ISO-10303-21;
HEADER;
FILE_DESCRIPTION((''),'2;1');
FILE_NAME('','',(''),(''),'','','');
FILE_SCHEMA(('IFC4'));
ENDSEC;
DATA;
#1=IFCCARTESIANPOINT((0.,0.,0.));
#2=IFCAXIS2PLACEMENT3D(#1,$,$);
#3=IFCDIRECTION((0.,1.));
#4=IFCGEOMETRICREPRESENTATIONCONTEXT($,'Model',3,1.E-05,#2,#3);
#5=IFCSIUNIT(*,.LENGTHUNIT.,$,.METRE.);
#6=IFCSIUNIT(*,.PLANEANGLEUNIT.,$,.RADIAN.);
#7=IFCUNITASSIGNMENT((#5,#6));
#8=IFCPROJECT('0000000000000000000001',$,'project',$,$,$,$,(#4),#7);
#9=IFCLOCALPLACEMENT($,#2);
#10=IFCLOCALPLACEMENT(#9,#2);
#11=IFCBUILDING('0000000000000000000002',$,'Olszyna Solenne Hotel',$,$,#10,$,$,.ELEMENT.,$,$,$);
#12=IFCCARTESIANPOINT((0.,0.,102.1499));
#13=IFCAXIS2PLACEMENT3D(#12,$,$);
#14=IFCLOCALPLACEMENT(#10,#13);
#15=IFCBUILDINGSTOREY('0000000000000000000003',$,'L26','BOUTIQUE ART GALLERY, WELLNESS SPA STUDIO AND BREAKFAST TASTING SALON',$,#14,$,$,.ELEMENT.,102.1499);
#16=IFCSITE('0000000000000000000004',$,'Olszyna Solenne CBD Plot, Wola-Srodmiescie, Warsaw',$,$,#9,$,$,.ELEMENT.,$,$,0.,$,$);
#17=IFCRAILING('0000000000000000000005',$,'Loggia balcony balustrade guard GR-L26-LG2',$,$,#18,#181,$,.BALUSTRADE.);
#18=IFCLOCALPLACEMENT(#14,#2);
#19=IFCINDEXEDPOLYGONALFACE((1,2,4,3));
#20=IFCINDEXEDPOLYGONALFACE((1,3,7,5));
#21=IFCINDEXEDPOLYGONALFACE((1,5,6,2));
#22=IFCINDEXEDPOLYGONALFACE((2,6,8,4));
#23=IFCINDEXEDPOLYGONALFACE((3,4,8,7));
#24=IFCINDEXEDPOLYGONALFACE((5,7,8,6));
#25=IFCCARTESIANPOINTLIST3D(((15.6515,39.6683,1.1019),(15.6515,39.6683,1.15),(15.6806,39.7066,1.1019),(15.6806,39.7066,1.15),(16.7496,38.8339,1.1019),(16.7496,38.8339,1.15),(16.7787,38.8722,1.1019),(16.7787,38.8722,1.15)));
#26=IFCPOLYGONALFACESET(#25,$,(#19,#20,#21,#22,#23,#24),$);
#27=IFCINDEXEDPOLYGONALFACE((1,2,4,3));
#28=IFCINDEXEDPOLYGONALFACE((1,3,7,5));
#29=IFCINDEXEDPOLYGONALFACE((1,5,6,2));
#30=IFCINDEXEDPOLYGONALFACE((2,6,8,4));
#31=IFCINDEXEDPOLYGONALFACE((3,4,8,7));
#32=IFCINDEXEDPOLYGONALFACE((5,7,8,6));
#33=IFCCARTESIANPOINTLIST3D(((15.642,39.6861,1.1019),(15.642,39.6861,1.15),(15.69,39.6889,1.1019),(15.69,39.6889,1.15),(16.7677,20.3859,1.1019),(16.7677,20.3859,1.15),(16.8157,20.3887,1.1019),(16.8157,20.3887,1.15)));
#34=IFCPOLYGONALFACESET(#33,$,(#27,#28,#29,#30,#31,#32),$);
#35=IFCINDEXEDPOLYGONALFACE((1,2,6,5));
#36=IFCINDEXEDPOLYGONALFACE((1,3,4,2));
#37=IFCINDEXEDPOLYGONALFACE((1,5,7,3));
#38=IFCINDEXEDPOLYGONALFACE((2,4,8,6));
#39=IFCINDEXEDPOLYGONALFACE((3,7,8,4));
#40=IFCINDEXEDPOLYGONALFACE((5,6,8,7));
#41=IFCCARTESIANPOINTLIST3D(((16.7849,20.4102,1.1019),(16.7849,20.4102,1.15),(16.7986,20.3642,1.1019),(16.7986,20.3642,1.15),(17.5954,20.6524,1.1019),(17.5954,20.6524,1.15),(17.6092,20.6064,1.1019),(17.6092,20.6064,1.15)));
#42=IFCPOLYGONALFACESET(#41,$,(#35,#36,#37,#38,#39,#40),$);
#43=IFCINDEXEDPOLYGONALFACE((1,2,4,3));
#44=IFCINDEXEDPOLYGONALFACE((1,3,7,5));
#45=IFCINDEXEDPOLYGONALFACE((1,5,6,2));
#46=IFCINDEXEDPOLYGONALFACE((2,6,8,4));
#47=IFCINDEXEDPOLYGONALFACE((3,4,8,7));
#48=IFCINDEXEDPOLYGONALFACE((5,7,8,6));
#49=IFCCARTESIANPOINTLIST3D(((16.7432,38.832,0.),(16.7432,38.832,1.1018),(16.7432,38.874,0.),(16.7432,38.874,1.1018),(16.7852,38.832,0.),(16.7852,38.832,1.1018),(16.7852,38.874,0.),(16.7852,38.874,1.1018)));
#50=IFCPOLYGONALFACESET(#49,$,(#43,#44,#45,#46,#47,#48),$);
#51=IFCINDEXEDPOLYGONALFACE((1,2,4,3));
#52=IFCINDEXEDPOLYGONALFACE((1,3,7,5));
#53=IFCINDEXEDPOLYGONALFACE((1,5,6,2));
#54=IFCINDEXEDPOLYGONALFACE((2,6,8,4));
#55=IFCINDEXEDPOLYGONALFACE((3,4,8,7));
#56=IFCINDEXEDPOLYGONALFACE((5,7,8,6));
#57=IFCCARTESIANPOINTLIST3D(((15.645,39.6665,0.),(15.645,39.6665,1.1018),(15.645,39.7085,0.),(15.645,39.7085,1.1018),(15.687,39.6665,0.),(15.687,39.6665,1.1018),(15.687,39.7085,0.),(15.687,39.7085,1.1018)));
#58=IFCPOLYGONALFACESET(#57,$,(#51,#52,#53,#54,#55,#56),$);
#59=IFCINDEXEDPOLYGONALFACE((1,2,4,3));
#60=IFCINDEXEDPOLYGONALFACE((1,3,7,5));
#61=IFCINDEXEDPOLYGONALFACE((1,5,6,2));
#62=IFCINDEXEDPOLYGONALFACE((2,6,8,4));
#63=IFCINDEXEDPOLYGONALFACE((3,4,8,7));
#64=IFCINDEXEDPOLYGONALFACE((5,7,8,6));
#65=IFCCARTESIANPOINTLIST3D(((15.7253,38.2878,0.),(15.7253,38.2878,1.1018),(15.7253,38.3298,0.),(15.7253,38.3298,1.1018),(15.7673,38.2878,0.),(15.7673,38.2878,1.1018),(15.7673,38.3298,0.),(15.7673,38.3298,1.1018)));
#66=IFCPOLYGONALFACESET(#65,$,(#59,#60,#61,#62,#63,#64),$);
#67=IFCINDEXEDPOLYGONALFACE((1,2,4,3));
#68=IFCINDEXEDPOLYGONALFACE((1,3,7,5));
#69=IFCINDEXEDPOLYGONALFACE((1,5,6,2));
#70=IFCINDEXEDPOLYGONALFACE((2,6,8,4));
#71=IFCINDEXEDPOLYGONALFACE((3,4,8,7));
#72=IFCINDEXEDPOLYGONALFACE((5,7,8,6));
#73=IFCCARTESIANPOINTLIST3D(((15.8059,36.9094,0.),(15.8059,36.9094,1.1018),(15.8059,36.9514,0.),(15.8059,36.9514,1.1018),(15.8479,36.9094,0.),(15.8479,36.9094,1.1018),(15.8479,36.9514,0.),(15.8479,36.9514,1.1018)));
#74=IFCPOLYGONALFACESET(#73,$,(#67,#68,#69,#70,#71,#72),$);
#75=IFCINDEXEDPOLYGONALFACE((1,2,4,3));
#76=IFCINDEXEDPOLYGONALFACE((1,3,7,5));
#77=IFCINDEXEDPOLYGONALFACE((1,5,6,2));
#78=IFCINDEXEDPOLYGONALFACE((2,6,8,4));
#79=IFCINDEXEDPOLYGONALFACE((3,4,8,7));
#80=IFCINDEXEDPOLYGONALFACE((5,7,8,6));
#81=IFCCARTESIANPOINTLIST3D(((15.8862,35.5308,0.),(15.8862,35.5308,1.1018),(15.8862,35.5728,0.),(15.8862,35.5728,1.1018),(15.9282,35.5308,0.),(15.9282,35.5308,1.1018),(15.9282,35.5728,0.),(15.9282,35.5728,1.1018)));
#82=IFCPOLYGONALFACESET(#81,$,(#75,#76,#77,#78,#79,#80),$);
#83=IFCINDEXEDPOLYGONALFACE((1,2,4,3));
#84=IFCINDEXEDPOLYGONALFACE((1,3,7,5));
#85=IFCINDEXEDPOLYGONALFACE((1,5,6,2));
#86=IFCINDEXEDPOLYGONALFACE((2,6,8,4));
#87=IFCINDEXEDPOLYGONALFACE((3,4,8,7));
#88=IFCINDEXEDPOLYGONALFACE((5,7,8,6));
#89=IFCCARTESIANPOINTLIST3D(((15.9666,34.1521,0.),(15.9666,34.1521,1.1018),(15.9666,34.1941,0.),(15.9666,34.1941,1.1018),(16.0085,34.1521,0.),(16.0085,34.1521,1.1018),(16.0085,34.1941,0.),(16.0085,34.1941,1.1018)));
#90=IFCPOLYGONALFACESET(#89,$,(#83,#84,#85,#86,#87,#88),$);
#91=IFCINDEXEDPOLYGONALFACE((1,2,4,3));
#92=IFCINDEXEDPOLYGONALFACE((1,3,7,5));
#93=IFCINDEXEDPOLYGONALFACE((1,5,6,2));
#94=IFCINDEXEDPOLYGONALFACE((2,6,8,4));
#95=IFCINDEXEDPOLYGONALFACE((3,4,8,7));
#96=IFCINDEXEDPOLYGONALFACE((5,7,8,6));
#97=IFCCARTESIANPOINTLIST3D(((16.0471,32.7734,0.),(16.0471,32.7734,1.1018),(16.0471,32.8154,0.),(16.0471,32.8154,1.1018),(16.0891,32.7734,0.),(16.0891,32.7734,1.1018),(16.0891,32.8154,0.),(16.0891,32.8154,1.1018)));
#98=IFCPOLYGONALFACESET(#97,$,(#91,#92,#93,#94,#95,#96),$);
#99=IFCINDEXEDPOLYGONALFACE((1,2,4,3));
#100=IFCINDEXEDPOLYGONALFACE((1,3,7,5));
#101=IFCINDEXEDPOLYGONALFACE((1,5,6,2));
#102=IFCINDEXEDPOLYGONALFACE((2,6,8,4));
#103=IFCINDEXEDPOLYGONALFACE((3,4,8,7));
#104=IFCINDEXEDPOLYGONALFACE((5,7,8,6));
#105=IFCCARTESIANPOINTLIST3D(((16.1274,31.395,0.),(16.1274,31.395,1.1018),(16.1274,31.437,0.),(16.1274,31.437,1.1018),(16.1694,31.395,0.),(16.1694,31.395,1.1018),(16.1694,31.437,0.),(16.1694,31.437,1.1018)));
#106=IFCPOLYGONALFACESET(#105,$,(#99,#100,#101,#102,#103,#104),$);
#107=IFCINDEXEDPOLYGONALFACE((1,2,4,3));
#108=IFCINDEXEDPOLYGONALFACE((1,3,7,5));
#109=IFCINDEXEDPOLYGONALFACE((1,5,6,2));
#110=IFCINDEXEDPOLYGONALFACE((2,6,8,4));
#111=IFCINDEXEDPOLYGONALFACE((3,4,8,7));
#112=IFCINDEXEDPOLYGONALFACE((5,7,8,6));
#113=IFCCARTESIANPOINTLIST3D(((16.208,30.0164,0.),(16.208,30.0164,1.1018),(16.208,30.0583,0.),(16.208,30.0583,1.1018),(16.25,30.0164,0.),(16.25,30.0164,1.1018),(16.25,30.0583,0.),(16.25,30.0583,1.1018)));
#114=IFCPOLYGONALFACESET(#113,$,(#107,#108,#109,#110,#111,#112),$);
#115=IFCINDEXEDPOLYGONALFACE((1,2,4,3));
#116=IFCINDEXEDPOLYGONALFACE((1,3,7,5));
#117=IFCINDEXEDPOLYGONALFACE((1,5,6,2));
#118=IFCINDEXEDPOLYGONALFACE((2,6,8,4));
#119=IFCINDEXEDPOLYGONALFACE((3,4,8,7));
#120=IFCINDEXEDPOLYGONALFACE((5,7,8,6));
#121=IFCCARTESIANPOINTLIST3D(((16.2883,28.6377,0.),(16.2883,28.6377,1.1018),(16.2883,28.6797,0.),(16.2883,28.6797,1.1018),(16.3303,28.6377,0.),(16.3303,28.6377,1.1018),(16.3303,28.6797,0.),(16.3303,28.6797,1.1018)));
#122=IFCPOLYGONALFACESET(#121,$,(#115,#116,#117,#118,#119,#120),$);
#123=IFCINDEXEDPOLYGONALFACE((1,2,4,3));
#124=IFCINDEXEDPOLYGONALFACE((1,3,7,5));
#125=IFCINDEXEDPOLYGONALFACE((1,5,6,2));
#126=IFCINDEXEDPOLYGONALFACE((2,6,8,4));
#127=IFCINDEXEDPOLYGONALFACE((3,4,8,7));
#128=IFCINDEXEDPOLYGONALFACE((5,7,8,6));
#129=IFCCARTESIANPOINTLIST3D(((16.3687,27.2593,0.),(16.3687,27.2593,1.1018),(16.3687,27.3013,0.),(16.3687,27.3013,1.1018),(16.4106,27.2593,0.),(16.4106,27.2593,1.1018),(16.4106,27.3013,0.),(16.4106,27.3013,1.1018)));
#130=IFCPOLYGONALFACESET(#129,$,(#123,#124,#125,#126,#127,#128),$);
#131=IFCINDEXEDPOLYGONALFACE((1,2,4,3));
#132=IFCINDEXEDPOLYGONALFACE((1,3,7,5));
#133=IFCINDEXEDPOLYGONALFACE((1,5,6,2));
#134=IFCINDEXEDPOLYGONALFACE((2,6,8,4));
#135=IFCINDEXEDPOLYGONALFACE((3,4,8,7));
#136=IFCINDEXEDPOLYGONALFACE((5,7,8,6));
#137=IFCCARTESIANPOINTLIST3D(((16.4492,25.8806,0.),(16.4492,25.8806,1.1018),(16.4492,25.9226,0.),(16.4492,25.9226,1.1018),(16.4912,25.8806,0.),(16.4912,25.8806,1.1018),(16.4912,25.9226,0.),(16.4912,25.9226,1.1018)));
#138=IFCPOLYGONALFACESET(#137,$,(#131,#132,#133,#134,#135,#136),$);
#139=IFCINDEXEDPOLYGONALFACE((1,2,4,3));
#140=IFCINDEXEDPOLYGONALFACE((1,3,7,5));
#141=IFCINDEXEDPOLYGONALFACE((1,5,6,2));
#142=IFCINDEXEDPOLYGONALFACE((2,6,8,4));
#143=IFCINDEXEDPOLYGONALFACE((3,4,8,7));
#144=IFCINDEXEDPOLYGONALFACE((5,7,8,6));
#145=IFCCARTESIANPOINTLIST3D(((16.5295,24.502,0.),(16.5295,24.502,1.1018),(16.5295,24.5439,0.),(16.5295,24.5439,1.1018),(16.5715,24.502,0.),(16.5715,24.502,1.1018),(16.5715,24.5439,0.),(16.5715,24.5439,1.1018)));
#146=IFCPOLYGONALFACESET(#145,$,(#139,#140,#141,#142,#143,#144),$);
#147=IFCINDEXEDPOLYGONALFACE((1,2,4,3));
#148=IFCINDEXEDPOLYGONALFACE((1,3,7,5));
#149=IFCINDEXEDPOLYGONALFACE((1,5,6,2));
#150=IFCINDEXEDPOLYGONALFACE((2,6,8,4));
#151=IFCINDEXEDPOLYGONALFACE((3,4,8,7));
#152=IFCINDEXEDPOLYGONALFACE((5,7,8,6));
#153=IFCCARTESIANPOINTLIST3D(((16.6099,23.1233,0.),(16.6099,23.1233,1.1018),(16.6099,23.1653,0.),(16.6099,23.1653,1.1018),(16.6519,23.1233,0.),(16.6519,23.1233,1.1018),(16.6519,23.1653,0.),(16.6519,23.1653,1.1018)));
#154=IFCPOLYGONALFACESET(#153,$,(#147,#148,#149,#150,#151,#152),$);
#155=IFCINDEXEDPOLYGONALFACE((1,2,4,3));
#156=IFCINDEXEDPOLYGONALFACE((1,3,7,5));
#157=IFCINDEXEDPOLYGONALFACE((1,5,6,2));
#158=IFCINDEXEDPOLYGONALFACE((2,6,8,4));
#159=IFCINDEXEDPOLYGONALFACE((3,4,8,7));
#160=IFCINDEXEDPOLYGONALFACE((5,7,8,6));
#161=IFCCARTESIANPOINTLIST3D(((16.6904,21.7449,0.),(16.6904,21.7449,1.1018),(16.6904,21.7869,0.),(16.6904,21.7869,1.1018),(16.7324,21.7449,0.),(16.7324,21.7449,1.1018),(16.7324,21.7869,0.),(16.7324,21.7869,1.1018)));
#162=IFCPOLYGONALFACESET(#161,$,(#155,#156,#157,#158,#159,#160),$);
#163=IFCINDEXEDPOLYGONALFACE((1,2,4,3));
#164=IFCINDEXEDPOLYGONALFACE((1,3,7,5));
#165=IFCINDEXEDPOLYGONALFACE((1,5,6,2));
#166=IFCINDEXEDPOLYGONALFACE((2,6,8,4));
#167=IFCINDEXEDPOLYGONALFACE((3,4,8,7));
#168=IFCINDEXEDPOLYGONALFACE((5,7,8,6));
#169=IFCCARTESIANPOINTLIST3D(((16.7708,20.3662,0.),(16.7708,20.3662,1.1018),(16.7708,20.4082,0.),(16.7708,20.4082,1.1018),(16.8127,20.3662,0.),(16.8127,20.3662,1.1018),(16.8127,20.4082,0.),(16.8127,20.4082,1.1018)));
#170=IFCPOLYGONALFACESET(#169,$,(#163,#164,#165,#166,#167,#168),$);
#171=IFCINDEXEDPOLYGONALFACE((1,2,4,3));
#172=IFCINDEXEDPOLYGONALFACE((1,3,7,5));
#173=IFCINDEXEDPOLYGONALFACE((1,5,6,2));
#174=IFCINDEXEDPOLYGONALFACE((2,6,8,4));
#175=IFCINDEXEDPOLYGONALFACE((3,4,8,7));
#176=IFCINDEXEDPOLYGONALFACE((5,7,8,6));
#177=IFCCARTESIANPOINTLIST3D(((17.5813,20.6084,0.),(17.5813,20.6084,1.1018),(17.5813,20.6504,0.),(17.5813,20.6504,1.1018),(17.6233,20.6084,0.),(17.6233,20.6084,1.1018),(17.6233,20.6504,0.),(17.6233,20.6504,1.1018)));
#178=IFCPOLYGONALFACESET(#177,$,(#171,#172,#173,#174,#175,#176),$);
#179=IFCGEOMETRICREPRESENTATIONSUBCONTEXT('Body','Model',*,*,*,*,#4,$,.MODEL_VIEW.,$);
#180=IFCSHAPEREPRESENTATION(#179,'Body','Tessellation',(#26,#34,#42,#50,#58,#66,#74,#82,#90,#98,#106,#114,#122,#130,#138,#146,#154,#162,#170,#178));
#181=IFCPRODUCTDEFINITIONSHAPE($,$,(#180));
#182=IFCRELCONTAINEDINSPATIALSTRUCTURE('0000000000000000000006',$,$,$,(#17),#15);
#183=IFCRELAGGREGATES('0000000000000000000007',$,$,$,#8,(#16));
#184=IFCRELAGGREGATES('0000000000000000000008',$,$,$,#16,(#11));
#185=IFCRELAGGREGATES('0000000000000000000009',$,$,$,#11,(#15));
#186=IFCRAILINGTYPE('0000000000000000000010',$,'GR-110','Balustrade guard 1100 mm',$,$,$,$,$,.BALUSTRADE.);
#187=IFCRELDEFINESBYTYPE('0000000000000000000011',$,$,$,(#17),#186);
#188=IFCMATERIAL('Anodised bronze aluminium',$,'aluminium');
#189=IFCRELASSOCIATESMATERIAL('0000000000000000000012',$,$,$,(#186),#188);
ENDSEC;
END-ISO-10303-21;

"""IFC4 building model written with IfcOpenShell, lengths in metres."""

from ifc_helpers import new_model, si_unit, direction, frame, origin, origin_2d, place, context, subcontext, project, spatial, rectangle, extrude, material, type_object, element, save


model = new_model("IFC4")

# Units and contexts
model_context = context("Model", 3, precision=1e-05, world=origin(), true_north=direction((0.0, 1.0)))
body_context = subcontext(model_context, "Body", "Model", "MODEL_VIEW")
ifc_project = project(units=[si_unit("LENGTHUNIT", "METRE"), si_unit("PLANEANGLEUNIT", "RADIAN")], contexts=[model_context])

# Site, building, storey
site_placement = place(None, origin())
site = spatial("IfcSite", under=ifc_project, at=site_placement, Name="Olszyna Solenne CBD Plot, Wola-Srodmiescie, Warsaw", CompositionType="ELEMENT", RefElevation=0.0)
building_placement = place(site_placement, origin())
building = spatial("IfcBuilding", under=site, at=building_placement, Name="Olszyna Solenne Hotel", CompositionType="ELEMENT")
storey_placement = place(building_placement, frame((0.0, 0.0, 102.1499)))
storey = spatial("IfcBuildingStorey", under=building, at=storey_placement, Name="L26", Description="BOUTIQUE ART GALLERY, WELLNESS SPA STUDIO AND BREAKFAST TASTING SALON", CompositionType="ELEMENT", Elevation=102.1499)

# Shared definitions
ifc_material_1 = material(Name="Anodised bronze aluminium", Category="aluminium")

# Railing
railing_type = type_object("IfcRailingType", Name="GR-110", Description="Balustrade guard 1100 mm", PredefinedType="BALUSTRADE", material=ifc_material_1)
railing_placement = place(storey_placement, frame((16.7642, 38.853, 0.0)))
element("IfcRailing", 1, at=railing_placement, inside=storey, type_object=railing_type, Name="Loggia balcony balustrade guard GR-L26-LG2", PredefinedType="BALUSTRADE", context=body_context, shape_type="SweptSolid", body=[
    extrude(rectangle(XDim=0.0481, YDim=0.0481, at=origin_2d()), frame((0.0, 0.0, 1.126), z_axis=(-0.796203, 0.605029, 0.0), x_axis=(-0.605029, -0.796203, 0.0)), (0.0, 0.0, 1.0), 1.3792),
    extrude(rectangle(XDim=0.0481, YDim=0.0481, at=origin_2d()), frame((-1.0981, 0.8345, 1.126), z_axis=(0.058228, -0.998303, 0.0), x_axis=(0.998303, 0.058228, 0.0)), (0.0, 0.0, 1.0), 19.333),
    extrude(rectangle(XDim=0.0481, YDim=0.0481, at=origin_2d()), frame((0.0276, -18.4658, 1.126), z_axis=(0.958143, 0.286289, 0.0), x_axis=(-0.286289, 0.958143, 0.0)), (0.0, 0.0, 1.0), 0.8459),
    extrude(rectangle(XDim=0.042, YDim=0.042, at=origin_2d()), origin(), (0.0, 0.0, 1.0), 1.1018),
    extrude(rectangle(XDim=0.042, YDim=0.042, at=origin_2d()), frame((-1.0981, 0.8345, 0.0)), (0.0, 0.0, 1.0), 1.1018),
    extrude(rectangle(XDim=0.042, YDim=0.042, at=origin_2d()), frame((-1.0178, -0.5442, 0.0)), (0.0, 0.0, 1.0), 1.1018),
    extrude(rectangle(XDim=0.042, YDim=0.042, at=origin_2d()), frame((-0.9373, -1.9226, 0.0)), (0.0, 0.0, 1.0), 1.1018),
    extrude(rectangle(XDim=0.042, YDim=0.042, at=origin_2d()), frame((-0.8569, -3.3013, 0.0)), (0.0, 0.0, 1.0), 1.1018),
    extrude(rectangle(XDim=0.042, YDim=0.042, at=origin_2d()), frame((-0.7766, -4.6799, 0.0)), (0.0, 0.0, 1.0), 1.1018),
    extrude(rectangle(XDim=0.042, YDim=0.042, at=origin_2d()), frame((-0.696, -6.0586, 0.0)), (0.0, 0.0, 1.0), 1.1018),
    extrude(rectangle(XDim=0.042, YDim=0.042, at=origin_2d()), frame((-0.6157, -7.437, 0.0)), (0.0, 0.0, 1.0), 1.1018),
    extrude(rectangle(XDim=0.042, YDim=0.042, at=origin_2d()), frame((-0.5352, -8.8157, 0.0)), (0.0, 0.0, 1.0), 1.1018),
    extrude(rectangle(XDim=0.042, YDim=0.042, at=origin_2d()), frame((-0.4548, -10.1943, 0.0)), (0.0, 0.0, 1.0), 1.1018),
    extrude(rectangle(XDim=0.042, YDim=0.042, at=origin_2d()), frame((-0.3745, -11.5728, 0.0)), (0.0, 0.0, 1.0), 1.1018),
    extrude(rectangle(XDim=0.042, YDim=0.042, at=origin_2d()), frame((-0.2939, -12.9514, 0.0)), (0.0, 0.0, 1.0), 1.1018),
    extrude(rectangle(XDim=0.042, YDim=0.042, at=origin_2d()), frame((-0.2136, -14.3301, 0.0)), (0.0, 0.0, 1.0), 1.1018),
    extrude(rectangle(XDim=0.042, YDim=0.042, at=origin_2d()), frame((-0.1333, -15.7087, 0.0)), (0.0, 0.0, 1.0), 1.1018),
    extrude(rectangle(XDim=0.042, YDim=0.042, at=origin_2d()), frame((-0.0527, -17.0872, 0.0)), (0.0, 0.0, 1.0), 1.1018),
    extrude(rectangle(XDim=0.042, YDim=0.042, at=origin_2d()), frame((0.0276, -18.4658, 0.0)), (0.0, 0.0, 1.0), 1.1018),
    extrude(rectangle(XDim=0.042, YDim=0.042, at=origin_2d()), frame((0.8381, -18.2236, 0.0)), (0.0, 0.0, 1.0), 1.1018),
])

save(model, "model.ifc")
